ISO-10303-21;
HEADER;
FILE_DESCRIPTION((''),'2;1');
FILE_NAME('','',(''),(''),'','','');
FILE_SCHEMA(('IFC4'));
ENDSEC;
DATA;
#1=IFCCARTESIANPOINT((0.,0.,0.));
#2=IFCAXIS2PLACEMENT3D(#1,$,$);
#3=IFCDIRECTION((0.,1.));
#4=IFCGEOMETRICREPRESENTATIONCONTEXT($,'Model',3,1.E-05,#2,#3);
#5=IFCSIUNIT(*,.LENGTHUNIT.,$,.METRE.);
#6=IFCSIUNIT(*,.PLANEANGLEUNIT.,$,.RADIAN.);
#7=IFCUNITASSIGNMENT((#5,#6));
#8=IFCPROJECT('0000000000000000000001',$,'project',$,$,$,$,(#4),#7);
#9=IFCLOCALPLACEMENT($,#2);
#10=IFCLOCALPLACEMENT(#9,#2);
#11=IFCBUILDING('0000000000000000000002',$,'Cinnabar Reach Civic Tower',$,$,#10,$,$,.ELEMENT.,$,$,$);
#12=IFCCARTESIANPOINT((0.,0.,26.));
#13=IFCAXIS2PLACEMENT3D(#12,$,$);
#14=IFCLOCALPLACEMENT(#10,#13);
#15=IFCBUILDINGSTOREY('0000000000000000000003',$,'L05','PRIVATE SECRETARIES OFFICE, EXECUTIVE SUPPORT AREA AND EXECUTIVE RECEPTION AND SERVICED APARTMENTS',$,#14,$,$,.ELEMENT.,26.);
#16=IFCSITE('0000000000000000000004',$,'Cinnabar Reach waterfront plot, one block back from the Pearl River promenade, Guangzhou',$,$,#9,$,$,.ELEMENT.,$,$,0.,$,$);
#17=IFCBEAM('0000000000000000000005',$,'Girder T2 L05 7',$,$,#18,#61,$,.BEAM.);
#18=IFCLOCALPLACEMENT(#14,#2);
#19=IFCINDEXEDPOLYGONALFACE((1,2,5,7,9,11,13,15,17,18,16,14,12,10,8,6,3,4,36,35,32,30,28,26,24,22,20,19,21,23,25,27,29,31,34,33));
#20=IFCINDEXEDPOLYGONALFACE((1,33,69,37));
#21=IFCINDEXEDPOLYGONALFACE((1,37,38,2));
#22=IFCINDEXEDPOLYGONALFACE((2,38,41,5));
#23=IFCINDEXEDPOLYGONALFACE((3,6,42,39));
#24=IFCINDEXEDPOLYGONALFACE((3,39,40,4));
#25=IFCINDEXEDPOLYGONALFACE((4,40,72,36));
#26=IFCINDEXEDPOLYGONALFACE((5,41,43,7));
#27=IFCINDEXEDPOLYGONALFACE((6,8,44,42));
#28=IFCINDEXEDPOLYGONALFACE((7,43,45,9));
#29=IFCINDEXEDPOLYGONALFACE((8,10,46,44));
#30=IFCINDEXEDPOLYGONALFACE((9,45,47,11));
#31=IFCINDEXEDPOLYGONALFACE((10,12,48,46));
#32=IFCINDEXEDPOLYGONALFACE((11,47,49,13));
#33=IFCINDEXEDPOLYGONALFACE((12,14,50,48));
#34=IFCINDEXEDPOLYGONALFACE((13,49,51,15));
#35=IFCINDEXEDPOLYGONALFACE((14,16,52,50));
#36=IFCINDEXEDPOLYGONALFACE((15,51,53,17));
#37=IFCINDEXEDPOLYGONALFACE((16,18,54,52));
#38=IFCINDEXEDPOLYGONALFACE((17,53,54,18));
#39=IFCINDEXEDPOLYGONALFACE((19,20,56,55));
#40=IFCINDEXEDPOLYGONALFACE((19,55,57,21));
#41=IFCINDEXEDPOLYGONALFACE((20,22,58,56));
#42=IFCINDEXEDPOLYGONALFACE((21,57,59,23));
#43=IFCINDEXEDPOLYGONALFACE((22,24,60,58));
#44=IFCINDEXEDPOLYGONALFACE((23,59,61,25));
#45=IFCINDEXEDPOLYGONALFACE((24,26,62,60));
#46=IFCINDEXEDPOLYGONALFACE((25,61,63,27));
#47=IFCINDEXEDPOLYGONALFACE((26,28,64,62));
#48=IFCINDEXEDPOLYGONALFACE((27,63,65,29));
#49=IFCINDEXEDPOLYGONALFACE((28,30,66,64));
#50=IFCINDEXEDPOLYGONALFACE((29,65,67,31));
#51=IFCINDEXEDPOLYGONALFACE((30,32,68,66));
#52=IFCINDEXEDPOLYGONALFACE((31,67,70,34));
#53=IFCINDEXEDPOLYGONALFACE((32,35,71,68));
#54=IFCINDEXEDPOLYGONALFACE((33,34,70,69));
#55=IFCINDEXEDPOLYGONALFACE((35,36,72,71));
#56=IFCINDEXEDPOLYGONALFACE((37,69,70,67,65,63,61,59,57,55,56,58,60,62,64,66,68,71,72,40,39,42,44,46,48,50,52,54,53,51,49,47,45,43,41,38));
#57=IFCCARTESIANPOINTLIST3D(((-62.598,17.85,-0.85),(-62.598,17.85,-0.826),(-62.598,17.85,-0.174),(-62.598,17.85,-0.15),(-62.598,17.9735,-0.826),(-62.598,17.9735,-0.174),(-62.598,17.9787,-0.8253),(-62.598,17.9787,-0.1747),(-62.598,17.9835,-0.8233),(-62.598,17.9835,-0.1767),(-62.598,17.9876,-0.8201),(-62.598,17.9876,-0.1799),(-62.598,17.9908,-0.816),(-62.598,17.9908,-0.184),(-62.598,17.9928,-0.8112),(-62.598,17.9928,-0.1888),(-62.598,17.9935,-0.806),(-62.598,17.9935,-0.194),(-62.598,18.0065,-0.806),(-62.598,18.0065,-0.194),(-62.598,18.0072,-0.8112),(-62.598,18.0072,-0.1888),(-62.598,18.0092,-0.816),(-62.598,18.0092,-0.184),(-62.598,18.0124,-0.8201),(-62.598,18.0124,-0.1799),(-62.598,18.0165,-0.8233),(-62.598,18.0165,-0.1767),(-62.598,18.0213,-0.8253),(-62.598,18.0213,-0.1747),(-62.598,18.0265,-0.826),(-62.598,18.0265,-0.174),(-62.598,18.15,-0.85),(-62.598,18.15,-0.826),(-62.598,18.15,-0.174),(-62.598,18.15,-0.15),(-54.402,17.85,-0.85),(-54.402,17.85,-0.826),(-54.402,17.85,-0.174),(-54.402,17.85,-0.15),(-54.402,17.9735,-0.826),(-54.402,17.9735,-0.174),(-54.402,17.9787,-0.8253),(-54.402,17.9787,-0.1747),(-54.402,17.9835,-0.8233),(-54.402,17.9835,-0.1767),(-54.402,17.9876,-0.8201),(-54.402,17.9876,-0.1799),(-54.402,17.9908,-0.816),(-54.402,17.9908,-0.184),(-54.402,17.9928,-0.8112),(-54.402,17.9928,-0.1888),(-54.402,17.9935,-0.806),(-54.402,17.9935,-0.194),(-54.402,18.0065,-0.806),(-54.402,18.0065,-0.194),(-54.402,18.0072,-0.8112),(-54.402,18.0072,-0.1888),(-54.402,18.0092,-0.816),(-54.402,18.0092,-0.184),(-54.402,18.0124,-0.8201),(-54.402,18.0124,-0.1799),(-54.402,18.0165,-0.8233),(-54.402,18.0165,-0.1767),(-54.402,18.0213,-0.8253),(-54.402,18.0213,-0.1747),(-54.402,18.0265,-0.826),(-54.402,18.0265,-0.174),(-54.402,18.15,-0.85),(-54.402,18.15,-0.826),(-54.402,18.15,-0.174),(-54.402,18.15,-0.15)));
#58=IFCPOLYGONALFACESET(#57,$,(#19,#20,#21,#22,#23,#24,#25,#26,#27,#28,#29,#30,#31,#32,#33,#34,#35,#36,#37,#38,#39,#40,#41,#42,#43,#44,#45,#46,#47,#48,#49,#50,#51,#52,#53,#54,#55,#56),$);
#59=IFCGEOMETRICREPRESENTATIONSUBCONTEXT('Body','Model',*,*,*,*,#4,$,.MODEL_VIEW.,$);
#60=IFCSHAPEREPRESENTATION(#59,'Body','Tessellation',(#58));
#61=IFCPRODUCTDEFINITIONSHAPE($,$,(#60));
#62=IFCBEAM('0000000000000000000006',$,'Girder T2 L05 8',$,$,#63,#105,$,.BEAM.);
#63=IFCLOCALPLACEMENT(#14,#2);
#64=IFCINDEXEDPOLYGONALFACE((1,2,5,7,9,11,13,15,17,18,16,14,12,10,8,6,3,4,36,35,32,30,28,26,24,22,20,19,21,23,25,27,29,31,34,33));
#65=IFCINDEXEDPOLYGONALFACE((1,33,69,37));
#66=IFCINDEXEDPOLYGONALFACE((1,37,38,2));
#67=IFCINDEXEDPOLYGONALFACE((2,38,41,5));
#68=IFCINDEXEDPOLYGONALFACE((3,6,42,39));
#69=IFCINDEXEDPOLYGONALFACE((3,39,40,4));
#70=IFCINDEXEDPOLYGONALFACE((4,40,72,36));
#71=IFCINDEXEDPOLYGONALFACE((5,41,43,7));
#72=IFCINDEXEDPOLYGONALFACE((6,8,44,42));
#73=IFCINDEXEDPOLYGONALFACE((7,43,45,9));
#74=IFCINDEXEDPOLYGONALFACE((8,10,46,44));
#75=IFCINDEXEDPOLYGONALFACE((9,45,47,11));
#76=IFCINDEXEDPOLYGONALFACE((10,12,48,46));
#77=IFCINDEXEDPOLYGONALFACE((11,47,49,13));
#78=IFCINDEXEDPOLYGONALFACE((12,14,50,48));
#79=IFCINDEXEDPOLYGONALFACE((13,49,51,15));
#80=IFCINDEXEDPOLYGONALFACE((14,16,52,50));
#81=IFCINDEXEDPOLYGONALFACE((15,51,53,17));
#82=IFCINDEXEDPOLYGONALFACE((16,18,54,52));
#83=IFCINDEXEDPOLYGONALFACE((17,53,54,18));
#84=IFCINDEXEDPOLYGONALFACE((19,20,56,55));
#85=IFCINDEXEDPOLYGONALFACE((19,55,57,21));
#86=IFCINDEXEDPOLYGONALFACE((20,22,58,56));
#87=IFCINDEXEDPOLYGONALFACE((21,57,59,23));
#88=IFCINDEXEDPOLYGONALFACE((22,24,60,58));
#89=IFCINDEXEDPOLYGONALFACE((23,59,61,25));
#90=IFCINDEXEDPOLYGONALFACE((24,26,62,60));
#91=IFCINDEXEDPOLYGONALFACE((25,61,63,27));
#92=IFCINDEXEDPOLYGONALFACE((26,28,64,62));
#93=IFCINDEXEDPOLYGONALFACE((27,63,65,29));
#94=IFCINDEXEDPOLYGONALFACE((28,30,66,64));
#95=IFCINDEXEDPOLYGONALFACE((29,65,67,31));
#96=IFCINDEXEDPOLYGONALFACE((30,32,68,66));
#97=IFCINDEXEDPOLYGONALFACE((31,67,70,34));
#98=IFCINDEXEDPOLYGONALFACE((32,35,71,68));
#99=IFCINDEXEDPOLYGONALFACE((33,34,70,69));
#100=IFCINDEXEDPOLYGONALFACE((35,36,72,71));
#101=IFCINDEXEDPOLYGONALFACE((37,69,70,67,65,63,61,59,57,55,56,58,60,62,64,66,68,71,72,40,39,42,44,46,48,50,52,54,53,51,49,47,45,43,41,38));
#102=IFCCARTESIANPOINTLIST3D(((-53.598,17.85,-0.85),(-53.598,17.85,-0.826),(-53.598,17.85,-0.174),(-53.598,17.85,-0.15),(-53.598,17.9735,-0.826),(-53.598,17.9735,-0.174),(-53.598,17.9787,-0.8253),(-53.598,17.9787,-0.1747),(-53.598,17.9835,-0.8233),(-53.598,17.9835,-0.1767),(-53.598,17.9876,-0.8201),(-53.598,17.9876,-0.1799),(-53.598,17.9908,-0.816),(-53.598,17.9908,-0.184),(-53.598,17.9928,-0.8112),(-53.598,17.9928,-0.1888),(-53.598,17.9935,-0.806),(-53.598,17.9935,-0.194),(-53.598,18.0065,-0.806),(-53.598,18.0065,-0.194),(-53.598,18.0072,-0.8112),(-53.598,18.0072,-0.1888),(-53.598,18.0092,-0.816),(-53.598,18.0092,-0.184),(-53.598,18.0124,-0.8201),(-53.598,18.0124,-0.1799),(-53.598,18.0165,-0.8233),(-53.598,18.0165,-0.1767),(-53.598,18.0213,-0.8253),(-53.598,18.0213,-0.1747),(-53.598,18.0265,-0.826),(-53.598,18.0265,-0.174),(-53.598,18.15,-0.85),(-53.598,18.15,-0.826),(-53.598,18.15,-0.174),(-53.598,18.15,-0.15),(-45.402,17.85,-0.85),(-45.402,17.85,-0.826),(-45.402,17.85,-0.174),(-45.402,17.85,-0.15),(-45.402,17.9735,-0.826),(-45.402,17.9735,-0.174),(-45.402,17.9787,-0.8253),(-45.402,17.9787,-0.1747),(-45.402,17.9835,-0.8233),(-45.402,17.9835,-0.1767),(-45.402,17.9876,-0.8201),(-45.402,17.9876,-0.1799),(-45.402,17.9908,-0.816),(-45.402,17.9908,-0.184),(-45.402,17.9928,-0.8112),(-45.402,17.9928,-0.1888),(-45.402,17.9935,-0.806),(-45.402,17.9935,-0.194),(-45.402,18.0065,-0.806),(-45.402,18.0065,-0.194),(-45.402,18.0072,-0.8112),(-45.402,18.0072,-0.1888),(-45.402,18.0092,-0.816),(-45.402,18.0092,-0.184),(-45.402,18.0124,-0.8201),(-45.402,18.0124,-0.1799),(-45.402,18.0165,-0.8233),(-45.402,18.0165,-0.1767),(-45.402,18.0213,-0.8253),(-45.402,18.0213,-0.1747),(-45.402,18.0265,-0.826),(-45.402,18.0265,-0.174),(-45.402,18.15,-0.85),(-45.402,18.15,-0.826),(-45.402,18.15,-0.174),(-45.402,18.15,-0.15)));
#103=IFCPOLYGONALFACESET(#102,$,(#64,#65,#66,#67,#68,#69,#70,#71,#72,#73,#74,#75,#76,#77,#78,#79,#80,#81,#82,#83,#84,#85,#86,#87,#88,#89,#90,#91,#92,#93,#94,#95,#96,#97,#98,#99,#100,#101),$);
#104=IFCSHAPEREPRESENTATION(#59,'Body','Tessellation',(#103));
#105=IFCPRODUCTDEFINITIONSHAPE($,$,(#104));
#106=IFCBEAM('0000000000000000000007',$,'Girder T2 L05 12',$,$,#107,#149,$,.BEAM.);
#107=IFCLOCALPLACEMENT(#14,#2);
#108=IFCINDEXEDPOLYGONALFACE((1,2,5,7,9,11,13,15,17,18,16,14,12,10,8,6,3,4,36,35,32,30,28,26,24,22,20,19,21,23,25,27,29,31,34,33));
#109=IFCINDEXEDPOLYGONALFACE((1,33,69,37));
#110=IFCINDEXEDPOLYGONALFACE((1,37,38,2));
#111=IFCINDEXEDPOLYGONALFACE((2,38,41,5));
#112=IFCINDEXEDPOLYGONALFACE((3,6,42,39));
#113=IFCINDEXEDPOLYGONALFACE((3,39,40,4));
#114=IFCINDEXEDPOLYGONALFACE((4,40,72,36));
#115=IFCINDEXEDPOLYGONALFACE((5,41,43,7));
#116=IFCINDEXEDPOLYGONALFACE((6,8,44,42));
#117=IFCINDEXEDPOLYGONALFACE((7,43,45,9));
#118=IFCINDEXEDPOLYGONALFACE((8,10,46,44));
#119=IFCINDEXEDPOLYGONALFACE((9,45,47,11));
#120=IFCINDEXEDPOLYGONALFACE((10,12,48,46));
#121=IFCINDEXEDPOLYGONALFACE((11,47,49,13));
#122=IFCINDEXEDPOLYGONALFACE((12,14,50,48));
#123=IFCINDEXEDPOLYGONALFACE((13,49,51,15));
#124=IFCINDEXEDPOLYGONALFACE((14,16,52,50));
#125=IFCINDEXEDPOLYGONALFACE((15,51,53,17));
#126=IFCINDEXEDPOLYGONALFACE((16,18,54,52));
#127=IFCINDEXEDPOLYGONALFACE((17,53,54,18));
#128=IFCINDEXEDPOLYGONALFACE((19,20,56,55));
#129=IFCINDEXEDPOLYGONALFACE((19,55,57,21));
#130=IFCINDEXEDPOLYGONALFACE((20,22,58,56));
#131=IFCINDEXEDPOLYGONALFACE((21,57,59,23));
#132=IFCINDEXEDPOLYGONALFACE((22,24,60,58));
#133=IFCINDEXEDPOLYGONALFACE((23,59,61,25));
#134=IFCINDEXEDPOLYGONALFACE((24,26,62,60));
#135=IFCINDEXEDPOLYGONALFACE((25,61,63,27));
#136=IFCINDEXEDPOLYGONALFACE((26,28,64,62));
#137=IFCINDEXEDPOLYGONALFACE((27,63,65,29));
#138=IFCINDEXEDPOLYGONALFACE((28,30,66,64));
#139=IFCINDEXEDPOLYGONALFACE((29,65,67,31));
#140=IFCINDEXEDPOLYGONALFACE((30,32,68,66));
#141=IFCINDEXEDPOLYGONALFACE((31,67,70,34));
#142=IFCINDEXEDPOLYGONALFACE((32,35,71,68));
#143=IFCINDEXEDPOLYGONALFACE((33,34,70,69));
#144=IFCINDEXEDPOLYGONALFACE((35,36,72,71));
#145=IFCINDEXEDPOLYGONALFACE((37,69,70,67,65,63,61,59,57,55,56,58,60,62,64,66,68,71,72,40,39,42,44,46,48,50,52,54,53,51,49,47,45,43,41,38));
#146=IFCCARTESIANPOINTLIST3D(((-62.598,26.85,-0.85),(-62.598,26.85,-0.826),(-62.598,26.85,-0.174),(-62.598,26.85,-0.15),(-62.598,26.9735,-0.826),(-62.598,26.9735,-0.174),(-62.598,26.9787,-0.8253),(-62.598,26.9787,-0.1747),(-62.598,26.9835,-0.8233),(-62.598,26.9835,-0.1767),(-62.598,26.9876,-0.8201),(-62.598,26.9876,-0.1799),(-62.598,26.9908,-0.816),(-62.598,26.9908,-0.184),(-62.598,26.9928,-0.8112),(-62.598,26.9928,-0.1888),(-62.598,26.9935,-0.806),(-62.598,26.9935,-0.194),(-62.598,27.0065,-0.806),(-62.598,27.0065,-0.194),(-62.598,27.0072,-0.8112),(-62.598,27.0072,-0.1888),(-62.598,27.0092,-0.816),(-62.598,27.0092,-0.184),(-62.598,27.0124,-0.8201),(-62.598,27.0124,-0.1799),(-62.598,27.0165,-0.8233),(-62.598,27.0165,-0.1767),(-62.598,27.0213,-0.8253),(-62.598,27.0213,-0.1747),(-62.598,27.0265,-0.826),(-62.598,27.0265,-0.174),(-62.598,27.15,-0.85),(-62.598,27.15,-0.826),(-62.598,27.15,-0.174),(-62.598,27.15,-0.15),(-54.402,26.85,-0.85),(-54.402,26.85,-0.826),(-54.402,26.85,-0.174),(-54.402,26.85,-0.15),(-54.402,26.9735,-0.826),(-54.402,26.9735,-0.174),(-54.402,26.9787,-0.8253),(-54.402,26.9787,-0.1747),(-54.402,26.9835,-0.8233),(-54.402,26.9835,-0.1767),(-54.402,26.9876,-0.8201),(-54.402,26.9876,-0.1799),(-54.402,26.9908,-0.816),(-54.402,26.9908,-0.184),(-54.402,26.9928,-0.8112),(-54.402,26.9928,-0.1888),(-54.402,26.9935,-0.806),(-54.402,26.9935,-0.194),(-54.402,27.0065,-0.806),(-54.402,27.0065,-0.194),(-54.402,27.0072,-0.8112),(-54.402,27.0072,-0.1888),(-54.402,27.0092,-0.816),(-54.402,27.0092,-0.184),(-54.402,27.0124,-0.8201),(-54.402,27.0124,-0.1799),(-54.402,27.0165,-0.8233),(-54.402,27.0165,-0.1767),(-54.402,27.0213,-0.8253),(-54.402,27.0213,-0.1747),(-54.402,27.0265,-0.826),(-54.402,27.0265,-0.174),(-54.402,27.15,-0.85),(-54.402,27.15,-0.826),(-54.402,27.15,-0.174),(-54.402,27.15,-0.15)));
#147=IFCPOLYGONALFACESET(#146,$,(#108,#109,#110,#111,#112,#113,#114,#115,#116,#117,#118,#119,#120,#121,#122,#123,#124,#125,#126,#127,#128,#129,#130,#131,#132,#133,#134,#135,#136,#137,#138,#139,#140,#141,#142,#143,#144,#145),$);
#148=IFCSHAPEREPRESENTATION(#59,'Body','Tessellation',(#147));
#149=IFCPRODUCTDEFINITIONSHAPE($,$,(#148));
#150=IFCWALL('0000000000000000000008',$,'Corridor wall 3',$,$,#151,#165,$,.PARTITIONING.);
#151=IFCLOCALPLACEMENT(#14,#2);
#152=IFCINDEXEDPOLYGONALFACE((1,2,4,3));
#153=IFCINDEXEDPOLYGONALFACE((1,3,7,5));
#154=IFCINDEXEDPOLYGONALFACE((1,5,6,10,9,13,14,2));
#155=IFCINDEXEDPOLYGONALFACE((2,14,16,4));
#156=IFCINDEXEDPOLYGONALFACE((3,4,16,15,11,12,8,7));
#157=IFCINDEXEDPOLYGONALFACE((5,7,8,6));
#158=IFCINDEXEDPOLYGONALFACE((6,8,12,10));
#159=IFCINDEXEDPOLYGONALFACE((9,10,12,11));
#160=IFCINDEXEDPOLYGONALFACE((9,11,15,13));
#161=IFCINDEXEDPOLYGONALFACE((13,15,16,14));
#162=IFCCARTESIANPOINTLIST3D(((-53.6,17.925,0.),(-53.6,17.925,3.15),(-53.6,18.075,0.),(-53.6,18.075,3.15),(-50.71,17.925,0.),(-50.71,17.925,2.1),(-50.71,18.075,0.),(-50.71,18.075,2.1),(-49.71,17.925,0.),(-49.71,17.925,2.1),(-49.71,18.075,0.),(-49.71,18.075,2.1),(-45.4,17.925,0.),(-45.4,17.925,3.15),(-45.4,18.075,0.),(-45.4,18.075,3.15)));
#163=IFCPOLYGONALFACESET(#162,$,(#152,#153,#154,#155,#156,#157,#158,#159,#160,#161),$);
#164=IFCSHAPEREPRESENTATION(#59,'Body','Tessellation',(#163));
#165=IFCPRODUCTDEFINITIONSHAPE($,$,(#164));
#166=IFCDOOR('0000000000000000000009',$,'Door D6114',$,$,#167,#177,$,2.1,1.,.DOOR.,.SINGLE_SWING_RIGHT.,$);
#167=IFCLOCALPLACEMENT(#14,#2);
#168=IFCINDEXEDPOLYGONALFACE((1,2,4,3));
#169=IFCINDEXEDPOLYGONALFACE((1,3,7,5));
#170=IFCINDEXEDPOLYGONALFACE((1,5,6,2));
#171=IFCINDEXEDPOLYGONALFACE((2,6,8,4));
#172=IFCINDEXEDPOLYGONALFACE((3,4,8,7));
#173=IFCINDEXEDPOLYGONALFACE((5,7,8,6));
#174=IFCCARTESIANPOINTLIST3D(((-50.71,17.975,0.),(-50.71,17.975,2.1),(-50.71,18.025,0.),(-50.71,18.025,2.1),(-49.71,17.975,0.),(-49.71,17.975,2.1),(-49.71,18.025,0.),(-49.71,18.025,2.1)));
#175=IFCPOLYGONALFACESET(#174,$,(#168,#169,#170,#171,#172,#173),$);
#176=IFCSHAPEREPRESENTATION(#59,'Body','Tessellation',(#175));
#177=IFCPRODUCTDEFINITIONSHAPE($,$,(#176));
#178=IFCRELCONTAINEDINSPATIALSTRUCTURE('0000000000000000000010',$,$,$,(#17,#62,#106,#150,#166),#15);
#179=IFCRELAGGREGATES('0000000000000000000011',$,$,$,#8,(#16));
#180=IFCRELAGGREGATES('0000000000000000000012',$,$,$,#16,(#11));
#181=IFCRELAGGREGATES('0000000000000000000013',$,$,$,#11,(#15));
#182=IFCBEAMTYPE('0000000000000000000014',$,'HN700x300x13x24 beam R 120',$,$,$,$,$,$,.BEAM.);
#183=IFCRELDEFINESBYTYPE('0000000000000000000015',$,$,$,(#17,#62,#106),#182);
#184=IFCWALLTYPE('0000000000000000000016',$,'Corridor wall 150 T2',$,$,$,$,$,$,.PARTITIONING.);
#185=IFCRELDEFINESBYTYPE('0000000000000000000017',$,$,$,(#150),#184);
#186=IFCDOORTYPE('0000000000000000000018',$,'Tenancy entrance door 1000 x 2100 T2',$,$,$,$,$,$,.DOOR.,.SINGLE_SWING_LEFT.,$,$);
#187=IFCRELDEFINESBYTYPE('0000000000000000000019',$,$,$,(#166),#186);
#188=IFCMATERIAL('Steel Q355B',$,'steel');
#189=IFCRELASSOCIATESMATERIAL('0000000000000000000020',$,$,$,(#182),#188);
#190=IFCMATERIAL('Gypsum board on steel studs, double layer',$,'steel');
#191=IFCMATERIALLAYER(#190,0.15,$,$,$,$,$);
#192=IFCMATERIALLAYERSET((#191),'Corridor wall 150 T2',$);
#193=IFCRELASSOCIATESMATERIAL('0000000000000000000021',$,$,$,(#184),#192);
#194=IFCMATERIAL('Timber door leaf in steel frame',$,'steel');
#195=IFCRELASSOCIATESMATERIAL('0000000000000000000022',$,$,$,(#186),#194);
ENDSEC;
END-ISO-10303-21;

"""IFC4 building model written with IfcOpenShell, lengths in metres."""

from ifc_helpers import new_model, si_unit, direction, frame, frame_2d, origin, origin_2d, place, context, subcontext, project, spatial, rectangle, i_section, extrude, material, layer, layer_set, material_profile, profile_set, type_object, element, fill, save


model = new_model("IFC4")

# Units and contexts
model_context = context("Model", 3, precision=1e-05, world=origin(), true_north=direction((0.0, 1.0)))
body_context = subcontext(model_context, "Body", "Model", "MODEL_VIEW")
ifc_project = project(units=[si_unit("LENGTHUNIT", "METRE"), si_unit("PLANEANGLEUNIT", "RADIAN")], contexts=[model_context])

# Site, building, storey
site_placement = place(None, origin())
site = spatial("IfcSite", under=ifc_project, at=site_placement, Name="Cinnabar Reach waterfront plot, one block back from the Pearl River promenade, Guangzhou", CompositionType="ELEMENT", RefElevation=0.0)
building_placement = place(site_placement, origin())
building = spatial("IfcBuilding", under=site, at=building_placement, Name="Cinnabar Reach Civic Tower", CompositionType="ELEMENT")
storey_placement = place(building_placement, frame((0.0, 0.0, 26.0)))
storey = spatial("IfcBuildingStorey", under=building, at=storey_placement, Name="L05", Description="PRIVATE SECRETARIES OFFICE, EXECUTIVE SUPPORT AREA AND EXECUTIVE RECEPTION AND SERVICED APARTMENTS", CompositionType="ELEMENT", Elevation=26.0)

# Beams
ifc_material_1 = material(Name="Steel Q355B", Category="steel")
ifc_material_profile_1 = material_profile(ifc_material_1, i_section(OverallWidth=0.3, OverallDepth=0.7, WebThickness=0.013, FlangeThickness=0.024, FilletRadius=0.02, at=origin_2d()), Name="HN700x300x13x24")
ifc_profile_set_1 = profile_set([ifc_material_profile_1], Name="Steel Q355B")
beam_type_1 = type_object("IfcBeamType", Name="HN700x300x13x24 beam R 120", PredefinedType="BEAM", material=ifc_profile_set_1)
for number, where, z_axis, x_axis, name in (
    (1, (-62.598, 18.0, -0.5), (1.0, 0.0, 0.0), (0.0, 1.0, 0.0), "Girder T2 L05 7"),
    (2, (-53.598, 18.0, -0.5), (1.0, 0.0, 0.0), (0.0, 1.0, 0.0), "Girder T2 L05 8"),
    (3, (-62.598, 27.0, -0.5), (1.0, 0.0, 0.0), (0.0, 1.0, 0.0), "Girder T2 L05 12"),
):
    element("IfcBeam", number, at=place(storey_placement, frame(where, z_axis=z_axis, x_axis=x_axis)), inside=storey, type_object=beam_type_1, Name=name, PredefinedType="BEAM", context=body_context, shape_type="SweptSolid", body=[
        extrude(i_section(OverallWidth=0.3, OverallDepth=0.7, WebThickness=0.013, FlangeThickness=0.024, FilletRadius=0.02, at=origin_2d()), origin(), (0.0, 0.0, 1.0), 8.196),
    ])

# Wall, opening, door
ifc_material_2 = material(Name="Gypsum board on steel studs, double layer", Category="steel")
ifc_layer_1 = layer(ifc_material_2, 0.15)
ifc_layer_set_1 = layer_set([ifc_layer_1], Name="Corridor wall 150 T2")
wall_type_1 = type_object("IfcWallType", Name="Corridor wall 150 T2", PredefinedType="PARTITIONING", material=ifc_layer_set_1)
wall_1_placement = place(storey_placement, frame((-53.6, 18.0, 0.0), z_axis=(0.0, 0.0, 1.0), x_axis=(1.0, 0.0, 0.0)))
wall_1 = element("IfcWall", 4, at=wall_1_placement, inside=storey, type_object=wall_type_1, Name="Corridor wall 3", PredefinedType="PARTITIONING", context=body_context, shape_type="SweptSolid", body=[
    extrude(rectangle(XDim=8.2, YDim=0.15, at=frame_2d((4.1, 0.0))), origin(), (0.0, 0.0, 1.0), 3.15),
])
opening_1_placement = place(wall_1_placement, frame((2.89, 0.0, 0.0)))
opening_1 = element("IfcOpeningElement", 5, at=opening_1_placement, cuts=wall_1, PredefinedType="OPENING", context=body_context, shape_type="SweptSolid", body=[
    extrude(rectangle(XDim=1.0, YDim=2.1, at=frame_2d((0.5, 1.05))), frame((0.0, 0.085, 0.0), z_axis=(0.0, -1.0, 0.0), x_axis=(1.0, 0.0, 0.0)), (0.0, 0.0, 1.0), 0.17),
])
ifc_material_3 = material(Name="Timber door leaf in steel frame", Category="steel")
door_type_1 = type_object("IfcDoorType", Name="Tenancy entrance door 1000 x 2100 T2", OperationType="SINGLE_SWING_LEFT", PredefinedType="DOOR", material=ifc_material_3)
door_1_placement = place(opening_1_placement, frame((1.0, 0.0, 0.0), z_axis=(0.0, 0.0, 1.0), x_axis=(-1.0, 0.0, 0.0)))
door_1 = element("IfcDoor", 6, at=door_1_placement, inside=storey, type_object=door_type_1, Name="Door D6114", OperationType="SINGLE_SWING_RIGHT", OverallHeight=2.1, OverallWidth=1.0, PredefinedType="DOOR", context=body_context, shape_type="SweptSolid", body=[
    extrude(rectangle(XDim=1.0, YDim=2.1, at=frame_2d((0.5, 1.05))), frame((0.0, 0.025, 0.0), z_axis=(0.0, -1.0, 0.0), x_axis=(1.0, 0.0, 0.0)), (0.0, 0.0, 1.0), 0.05),
])
fill(opening_1, door_1)

save(model, "model.ifc")
